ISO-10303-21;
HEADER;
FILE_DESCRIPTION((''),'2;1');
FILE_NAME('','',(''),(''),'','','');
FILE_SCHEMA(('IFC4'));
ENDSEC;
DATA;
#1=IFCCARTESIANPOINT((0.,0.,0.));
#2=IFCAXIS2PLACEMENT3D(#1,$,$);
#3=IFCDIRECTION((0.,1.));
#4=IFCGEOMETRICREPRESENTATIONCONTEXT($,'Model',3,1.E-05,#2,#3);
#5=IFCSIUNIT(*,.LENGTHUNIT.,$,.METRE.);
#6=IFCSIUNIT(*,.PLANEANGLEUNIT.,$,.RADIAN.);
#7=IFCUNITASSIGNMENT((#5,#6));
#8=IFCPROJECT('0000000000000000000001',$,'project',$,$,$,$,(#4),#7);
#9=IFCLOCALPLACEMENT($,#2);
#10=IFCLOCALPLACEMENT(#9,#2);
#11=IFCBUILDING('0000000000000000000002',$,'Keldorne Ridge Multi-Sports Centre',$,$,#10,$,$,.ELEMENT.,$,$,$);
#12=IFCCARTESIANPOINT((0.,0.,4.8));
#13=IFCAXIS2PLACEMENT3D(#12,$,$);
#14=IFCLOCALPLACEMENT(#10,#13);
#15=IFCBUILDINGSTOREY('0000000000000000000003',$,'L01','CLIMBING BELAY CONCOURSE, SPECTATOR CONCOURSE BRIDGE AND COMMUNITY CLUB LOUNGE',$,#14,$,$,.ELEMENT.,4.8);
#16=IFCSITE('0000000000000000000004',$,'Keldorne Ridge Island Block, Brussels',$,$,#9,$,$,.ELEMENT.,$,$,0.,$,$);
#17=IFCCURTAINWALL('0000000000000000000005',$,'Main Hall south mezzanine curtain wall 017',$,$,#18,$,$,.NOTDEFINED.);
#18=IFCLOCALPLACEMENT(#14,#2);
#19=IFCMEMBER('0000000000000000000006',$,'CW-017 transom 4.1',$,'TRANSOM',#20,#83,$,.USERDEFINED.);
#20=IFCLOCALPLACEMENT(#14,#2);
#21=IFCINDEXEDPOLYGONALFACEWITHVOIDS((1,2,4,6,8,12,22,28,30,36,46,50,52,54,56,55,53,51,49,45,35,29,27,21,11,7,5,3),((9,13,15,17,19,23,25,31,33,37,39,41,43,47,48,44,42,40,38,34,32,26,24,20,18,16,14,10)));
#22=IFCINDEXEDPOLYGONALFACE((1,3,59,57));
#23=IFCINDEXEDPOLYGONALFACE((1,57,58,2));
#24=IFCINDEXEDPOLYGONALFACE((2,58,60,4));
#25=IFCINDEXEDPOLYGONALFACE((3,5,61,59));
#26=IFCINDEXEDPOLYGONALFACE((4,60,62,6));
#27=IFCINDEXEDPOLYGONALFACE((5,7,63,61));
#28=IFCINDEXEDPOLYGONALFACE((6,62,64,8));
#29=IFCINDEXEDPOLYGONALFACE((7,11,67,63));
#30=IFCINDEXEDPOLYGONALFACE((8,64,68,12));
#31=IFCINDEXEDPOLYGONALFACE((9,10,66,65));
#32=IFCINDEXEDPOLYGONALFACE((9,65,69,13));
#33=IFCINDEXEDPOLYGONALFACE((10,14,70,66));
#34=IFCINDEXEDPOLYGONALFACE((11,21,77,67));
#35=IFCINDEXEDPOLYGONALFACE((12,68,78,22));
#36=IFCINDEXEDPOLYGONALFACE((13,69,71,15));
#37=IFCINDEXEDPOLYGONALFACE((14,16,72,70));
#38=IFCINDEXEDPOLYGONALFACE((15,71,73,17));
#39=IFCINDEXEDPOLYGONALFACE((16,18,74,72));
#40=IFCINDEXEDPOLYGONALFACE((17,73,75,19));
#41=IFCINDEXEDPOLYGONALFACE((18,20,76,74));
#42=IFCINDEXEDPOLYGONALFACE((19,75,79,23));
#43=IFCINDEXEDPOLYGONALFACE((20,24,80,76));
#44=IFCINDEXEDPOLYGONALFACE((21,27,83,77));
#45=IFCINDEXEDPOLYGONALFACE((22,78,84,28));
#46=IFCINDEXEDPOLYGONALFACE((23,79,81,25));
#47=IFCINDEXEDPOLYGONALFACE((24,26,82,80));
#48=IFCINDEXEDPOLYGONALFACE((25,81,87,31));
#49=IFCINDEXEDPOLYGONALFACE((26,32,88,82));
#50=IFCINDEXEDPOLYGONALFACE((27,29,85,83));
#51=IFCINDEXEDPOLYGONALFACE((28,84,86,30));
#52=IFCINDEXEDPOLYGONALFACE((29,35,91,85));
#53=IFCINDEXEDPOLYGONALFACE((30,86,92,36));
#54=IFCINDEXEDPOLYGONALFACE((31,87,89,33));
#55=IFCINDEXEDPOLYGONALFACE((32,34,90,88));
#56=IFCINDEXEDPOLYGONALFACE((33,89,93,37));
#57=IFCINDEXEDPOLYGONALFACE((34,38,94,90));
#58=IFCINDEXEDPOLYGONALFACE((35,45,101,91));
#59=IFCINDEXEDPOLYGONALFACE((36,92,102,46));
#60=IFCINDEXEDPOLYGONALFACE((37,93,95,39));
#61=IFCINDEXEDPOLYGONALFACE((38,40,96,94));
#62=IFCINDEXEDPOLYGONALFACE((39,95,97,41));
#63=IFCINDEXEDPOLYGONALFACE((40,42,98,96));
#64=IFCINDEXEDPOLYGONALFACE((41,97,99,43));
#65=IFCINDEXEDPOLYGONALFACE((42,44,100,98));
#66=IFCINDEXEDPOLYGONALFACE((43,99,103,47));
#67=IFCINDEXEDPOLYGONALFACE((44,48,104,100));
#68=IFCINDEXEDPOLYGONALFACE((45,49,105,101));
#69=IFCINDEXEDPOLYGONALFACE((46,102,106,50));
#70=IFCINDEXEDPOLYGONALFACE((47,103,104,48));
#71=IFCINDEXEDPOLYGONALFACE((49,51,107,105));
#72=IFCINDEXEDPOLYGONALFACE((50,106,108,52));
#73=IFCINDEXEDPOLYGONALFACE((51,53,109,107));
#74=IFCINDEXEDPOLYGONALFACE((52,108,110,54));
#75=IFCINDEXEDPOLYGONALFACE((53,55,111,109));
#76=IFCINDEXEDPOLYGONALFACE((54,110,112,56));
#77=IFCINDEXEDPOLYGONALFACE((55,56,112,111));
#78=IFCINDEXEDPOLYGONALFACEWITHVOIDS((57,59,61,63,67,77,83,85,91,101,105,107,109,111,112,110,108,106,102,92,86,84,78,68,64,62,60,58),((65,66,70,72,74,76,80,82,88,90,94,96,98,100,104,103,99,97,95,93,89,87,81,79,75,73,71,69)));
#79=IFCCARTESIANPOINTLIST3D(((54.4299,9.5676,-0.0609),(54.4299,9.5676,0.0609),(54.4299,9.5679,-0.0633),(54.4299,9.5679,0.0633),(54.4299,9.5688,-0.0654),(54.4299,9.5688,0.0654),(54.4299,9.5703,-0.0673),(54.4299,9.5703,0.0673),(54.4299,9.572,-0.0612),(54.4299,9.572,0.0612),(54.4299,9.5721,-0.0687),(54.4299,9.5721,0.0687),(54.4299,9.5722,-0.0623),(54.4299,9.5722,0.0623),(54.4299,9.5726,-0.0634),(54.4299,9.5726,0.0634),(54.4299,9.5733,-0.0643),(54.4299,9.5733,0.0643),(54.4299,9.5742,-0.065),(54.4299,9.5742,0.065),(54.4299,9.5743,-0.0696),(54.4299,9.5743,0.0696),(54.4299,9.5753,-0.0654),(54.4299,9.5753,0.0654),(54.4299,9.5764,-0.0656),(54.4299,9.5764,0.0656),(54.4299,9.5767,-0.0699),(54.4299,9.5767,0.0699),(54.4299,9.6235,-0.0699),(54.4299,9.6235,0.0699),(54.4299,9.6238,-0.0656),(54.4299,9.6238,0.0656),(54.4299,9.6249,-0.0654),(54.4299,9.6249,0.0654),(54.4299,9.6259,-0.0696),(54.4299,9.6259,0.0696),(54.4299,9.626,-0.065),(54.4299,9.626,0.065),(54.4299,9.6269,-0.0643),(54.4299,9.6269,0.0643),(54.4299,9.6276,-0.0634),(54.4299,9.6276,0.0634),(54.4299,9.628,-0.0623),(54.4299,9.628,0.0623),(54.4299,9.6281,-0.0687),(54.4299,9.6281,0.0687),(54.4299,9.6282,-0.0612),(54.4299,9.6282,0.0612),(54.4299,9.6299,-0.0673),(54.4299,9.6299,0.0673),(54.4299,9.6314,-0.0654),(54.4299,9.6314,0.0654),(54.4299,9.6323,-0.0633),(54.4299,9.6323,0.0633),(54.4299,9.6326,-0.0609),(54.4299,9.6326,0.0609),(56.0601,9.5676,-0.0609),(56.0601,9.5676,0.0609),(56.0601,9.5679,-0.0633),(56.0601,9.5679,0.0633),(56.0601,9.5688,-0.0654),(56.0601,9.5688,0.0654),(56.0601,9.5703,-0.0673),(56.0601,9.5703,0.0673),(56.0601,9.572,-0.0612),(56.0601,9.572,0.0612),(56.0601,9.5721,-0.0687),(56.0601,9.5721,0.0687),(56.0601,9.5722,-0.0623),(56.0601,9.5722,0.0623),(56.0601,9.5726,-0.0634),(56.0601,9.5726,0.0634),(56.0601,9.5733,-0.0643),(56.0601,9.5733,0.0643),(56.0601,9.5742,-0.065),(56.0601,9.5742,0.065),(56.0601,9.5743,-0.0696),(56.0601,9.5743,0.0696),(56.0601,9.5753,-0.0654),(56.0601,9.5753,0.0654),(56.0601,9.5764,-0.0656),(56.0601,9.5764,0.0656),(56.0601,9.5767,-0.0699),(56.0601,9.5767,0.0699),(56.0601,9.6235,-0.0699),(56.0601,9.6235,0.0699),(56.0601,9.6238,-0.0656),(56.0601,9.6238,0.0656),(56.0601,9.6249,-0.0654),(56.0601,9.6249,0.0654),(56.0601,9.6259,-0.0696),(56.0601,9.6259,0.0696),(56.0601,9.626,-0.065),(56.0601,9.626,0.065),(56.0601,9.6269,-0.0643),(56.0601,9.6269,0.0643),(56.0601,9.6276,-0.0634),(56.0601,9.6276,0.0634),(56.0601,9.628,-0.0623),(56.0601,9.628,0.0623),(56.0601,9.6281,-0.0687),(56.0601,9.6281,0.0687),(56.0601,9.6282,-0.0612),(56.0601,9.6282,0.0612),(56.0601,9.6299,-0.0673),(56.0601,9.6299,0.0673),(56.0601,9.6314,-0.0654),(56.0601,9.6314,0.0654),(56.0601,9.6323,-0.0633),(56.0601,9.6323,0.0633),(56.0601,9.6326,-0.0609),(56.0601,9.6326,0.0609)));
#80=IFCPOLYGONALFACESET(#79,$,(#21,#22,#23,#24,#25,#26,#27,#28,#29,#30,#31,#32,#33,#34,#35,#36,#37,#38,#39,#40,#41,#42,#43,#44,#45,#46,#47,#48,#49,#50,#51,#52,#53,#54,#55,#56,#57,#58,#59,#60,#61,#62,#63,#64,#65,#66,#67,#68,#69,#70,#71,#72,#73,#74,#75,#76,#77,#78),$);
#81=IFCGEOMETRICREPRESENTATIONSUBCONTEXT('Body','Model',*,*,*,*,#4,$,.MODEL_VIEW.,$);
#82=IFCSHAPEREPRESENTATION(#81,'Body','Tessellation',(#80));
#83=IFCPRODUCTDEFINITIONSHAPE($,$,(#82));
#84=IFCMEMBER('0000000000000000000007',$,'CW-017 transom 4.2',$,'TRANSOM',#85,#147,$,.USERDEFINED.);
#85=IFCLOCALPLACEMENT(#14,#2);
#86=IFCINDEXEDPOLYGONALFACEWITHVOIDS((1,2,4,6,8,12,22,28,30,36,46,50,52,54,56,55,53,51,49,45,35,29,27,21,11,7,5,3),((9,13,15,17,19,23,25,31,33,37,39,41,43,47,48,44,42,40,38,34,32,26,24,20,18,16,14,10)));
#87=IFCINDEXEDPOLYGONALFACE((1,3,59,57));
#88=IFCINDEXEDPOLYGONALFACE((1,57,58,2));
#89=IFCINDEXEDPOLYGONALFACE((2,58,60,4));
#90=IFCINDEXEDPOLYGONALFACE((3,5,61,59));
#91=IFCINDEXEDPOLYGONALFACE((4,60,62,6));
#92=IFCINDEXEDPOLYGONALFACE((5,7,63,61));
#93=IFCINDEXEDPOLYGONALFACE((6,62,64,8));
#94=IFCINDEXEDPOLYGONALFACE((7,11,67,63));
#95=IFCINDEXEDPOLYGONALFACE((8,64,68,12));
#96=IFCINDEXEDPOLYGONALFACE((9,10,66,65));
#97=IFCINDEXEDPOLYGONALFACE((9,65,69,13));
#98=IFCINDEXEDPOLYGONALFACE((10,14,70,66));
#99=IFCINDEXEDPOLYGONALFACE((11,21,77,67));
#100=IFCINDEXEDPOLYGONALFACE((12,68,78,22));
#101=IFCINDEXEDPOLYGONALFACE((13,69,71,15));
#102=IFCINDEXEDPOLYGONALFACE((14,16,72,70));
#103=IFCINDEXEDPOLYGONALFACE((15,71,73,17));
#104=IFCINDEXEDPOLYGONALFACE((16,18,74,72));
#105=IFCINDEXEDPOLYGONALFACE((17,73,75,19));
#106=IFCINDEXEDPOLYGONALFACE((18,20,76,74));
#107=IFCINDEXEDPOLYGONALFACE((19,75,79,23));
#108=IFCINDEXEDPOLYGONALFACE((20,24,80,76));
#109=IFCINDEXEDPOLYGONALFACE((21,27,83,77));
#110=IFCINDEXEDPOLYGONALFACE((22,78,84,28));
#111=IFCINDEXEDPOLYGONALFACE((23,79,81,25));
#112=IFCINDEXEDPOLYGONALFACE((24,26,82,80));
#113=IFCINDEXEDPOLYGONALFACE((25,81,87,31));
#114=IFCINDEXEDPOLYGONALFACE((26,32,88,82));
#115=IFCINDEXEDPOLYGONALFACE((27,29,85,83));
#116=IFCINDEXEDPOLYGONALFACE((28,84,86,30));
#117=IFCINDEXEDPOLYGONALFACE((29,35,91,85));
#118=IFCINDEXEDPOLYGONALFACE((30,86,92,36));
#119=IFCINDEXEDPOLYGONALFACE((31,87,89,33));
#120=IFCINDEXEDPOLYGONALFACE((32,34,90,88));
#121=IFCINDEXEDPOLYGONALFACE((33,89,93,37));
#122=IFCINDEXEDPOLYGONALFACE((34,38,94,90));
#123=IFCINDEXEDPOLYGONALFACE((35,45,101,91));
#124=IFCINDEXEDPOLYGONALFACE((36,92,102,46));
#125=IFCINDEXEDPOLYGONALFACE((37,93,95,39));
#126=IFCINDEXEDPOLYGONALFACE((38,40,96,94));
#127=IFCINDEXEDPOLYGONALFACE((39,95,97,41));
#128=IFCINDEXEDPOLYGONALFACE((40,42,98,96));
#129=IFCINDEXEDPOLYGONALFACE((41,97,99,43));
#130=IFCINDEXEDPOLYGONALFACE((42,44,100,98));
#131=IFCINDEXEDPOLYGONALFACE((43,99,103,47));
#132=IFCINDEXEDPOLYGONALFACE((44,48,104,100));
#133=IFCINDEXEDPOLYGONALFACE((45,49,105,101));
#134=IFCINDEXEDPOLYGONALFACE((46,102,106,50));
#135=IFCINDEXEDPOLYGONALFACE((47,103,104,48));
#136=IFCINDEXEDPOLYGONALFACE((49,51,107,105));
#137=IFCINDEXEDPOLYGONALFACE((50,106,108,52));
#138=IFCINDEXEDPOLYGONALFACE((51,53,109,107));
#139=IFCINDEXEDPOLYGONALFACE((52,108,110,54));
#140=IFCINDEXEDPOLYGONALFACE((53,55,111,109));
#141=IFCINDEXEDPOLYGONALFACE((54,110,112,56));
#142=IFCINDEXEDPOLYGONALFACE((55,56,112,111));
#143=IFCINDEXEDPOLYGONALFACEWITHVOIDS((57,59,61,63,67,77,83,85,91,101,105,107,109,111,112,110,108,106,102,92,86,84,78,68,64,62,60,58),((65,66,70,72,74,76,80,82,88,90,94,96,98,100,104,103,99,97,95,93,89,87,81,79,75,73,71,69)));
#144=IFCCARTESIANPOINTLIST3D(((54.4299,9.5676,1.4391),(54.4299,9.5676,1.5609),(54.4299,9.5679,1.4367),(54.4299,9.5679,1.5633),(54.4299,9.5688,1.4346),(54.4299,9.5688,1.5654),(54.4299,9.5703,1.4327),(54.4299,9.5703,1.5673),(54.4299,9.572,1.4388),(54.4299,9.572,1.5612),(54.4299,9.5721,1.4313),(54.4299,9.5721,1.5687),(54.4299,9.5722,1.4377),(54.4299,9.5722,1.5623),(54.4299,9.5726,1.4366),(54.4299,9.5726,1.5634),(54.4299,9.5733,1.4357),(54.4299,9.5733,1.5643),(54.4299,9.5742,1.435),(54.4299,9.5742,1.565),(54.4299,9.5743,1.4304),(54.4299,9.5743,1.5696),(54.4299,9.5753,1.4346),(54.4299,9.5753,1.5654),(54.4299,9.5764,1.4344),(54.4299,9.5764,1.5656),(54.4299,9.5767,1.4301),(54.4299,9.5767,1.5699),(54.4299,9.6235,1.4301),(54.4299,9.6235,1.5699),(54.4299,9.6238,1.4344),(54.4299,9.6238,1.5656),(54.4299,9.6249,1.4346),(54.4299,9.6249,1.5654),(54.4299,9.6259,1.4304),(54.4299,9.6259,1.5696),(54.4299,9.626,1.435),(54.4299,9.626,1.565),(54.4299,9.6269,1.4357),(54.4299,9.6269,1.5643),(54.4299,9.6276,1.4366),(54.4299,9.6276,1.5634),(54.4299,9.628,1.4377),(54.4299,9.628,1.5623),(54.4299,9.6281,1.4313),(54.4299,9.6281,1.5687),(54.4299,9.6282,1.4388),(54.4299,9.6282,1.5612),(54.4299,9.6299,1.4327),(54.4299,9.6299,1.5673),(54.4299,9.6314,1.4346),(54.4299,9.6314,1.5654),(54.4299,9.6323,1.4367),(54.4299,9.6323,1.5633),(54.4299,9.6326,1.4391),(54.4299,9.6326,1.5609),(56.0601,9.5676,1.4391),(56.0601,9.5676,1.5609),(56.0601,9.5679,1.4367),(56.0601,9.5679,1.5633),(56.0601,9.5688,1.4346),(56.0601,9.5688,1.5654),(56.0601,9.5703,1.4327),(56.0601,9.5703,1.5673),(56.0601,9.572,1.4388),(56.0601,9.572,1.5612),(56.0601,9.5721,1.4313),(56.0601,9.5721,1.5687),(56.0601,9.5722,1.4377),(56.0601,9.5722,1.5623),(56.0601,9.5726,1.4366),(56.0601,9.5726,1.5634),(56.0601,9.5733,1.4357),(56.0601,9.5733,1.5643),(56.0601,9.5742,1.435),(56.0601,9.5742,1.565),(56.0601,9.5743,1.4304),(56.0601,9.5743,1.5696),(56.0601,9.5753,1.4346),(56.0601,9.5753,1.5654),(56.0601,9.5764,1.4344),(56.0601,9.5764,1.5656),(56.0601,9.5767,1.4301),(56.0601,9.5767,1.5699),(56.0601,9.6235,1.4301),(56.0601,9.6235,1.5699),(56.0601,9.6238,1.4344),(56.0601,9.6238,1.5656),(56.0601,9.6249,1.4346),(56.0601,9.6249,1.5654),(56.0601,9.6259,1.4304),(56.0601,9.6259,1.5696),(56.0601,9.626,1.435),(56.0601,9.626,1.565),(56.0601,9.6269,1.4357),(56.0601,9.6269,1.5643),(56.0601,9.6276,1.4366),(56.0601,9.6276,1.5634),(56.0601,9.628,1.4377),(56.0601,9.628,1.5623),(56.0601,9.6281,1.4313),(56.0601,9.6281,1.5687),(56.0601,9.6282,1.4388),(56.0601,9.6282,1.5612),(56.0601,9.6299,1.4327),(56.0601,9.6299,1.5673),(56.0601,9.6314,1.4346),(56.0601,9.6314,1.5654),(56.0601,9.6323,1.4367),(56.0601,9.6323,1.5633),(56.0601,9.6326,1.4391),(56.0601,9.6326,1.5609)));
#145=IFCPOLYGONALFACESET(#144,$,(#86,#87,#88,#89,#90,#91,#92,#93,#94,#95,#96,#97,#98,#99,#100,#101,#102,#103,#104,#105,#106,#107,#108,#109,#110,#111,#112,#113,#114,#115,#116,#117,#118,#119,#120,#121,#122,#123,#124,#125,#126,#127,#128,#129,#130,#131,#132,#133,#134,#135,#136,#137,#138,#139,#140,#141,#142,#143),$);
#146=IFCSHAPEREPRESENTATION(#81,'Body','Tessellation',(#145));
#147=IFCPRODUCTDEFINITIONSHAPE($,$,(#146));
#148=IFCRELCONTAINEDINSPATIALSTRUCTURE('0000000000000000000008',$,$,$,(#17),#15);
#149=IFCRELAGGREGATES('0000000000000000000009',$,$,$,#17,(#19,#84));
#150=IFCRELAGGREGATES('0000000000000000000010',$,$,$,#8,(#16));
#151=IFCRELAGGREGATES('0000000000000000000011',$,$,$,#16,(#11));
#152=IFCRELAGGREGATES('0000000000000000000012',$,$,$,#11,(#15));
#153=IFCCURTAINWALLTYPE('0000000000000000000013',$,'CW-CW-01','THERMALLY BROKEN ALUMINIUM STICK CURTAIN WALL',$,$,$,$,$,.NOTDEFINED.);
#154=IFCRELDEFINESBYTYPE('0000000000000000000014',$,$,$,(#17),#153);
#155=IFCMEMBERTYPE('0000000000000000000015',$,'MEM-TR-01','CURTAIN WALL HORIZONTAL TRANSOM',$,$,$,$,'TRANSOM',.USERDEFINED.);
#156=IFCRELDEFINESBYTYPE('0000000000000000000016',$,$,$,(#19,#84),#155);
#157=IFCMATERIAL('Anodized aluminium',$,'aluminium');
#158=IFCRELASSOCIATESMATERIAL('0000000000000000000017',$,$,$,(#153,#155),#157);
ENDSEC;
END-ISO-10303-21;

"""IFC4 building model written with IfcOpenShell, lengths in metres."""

from ifc_helpers import new_model, si_unit, direction, frame, origin, origin_2d, place, context, subcontext, project, spatial, hollow_rectangle, extrude, material, material_profile, profile_set, type_object, element, aggregate, save


model = new_model("IFC4")

# Units and contexts
model_context = context("Model", 3, precision=1e-05, world=origin(), true_north=direction((0.0, 1.0)))
body_context = subcontext(model_context, "Body", "Model", "MODEL_VIEW")
ifc_project = project(units=[si_unit("LENGTHUNIT", "METRE"), si_unit("PLANEANGLEUNIT", "RADIAN")], contexts=[model_context])

# Site, building, storey
site_placement = place(None, origin())
site = spatial("IfcSite", under=ifc_project, at=site_placement, Name="Keldorne Ridge Island Block, Brussels", CompositionType="ELEMENT", RefElevation=0.0)
building_placement = place(site_placement, origin())
building = spatial("IfcBuilding", under=site, at=building_placement, Name="Keldorne Ridge Multi-Sports Centre", CompositionType="ELEMENT")
storey_placement = place(building_placement, frame((0.0, 0.0, 4.8)))
storey = spatial("IfcBuildingStorey", under=building, at=storey_placement, Name="L01", Description="CLIMBING BELAY CONCOURSE, SPECTATOR CONCOURSE BRIDGE AND COMMUNITY CLUB LOUNGE", CompositionType="ELEMENT", Elevation=4.8)

# Curtain wall
ifc_material_1 = material(Name="Anodized aluminium", Category="aluminium")
curtain_wall_type_1 = type_object("IfcCurtainWallType", Name="CW-CW-01", Description="THERMALLY BROKEN ALUMINIUM STICK CURTAIN WALL", PredefinedType="NOTDEFINED", material=ifc_material_1)
curtain_wall_1_placement = place(storey_placement, origin())
curtain_wall_1 = element("IfcCurtainWall", 1, at=curtain_wall_1_placement, inside=storey, type_object=curtain_wall_type_1, Name="Main Hall south mezzanine curtain wall 017", PredefinedType="NOTDEFINED")

# Members
ifc_material_profile_1 = material_profile(ifc_material_1, hollow_rectangle(XDim=0.0649, YDim=0.1399, WallThickness=0.0044, InnerFilletRadius=0.0044, OuterFilletRadius=0.009, at=origin_2d()), Name="ALU TRANSOM 140x65x4.5")
ifc_profile_set_1 = profile_set([ifc_material_profile_1], Name="Anodized aluminium")
member_type_1 = type_object("IfcMemberType", Name="MEM-TR-01", Description="CURTAIN WALL HORIZONTAL TRANSOM", ElementType="TRANSOM", PredefinedType="USERDEFINED", material=ifc_profile_set_1)
member_1_placement = place(storey_placement, frame((54.4299, 9.6001, 0.0), z_axis=(1.0, 0.0, 0.0), x_axis=(0.0, 1.0, 0.0)))
member_1 = element("IfcMember", 2, at=member_1_placement, type_object=member_type_1, Name="CW-017 transom 4.1", ObjectType="TRANSOM", PredefinedType="USERDEFINED", context=body_context, shape_type="SweptSolid", body=[
    extrude(hollow_rectangle(XDim=0.0649, YDim=0.1399, WallThickness=0.0044, InnerFilletRadius=0.0044, OuterFilletRadius=0.009, at=origin_2d()), origin(), (0.0, 0.0, 1.0), 1.6301),
])
member_2_placement = place(storey_placement, frame((54.4299, 9.6001, 1.5), z_axis=(1.0, 0.0, 0.0), x_axis=(0.0, 1.0, 0.0)))
member_2 = element("IfcMember", 3, at=member_2_placement, type_object=member_type_1, Name="CW-017 transom 4.2", ObjectType="TRANSOM", PredefinedType="USERDEFINED", context=body_context, shape_type="SweptSolid", body=[
    extrude(hollow_rectangle(XDim=0.0649, YDim=0.1399, WallThickness=0.0044, InnerFilletRadius=0.0044, OuterFilletRadius=0.009, at=origin_2d()), origin(), (0.0, 0.0, 1.0), 1.6301),
])

aggregate(curtain_wall_1, [member_1, member_2])

save(model, "model.ifc")
